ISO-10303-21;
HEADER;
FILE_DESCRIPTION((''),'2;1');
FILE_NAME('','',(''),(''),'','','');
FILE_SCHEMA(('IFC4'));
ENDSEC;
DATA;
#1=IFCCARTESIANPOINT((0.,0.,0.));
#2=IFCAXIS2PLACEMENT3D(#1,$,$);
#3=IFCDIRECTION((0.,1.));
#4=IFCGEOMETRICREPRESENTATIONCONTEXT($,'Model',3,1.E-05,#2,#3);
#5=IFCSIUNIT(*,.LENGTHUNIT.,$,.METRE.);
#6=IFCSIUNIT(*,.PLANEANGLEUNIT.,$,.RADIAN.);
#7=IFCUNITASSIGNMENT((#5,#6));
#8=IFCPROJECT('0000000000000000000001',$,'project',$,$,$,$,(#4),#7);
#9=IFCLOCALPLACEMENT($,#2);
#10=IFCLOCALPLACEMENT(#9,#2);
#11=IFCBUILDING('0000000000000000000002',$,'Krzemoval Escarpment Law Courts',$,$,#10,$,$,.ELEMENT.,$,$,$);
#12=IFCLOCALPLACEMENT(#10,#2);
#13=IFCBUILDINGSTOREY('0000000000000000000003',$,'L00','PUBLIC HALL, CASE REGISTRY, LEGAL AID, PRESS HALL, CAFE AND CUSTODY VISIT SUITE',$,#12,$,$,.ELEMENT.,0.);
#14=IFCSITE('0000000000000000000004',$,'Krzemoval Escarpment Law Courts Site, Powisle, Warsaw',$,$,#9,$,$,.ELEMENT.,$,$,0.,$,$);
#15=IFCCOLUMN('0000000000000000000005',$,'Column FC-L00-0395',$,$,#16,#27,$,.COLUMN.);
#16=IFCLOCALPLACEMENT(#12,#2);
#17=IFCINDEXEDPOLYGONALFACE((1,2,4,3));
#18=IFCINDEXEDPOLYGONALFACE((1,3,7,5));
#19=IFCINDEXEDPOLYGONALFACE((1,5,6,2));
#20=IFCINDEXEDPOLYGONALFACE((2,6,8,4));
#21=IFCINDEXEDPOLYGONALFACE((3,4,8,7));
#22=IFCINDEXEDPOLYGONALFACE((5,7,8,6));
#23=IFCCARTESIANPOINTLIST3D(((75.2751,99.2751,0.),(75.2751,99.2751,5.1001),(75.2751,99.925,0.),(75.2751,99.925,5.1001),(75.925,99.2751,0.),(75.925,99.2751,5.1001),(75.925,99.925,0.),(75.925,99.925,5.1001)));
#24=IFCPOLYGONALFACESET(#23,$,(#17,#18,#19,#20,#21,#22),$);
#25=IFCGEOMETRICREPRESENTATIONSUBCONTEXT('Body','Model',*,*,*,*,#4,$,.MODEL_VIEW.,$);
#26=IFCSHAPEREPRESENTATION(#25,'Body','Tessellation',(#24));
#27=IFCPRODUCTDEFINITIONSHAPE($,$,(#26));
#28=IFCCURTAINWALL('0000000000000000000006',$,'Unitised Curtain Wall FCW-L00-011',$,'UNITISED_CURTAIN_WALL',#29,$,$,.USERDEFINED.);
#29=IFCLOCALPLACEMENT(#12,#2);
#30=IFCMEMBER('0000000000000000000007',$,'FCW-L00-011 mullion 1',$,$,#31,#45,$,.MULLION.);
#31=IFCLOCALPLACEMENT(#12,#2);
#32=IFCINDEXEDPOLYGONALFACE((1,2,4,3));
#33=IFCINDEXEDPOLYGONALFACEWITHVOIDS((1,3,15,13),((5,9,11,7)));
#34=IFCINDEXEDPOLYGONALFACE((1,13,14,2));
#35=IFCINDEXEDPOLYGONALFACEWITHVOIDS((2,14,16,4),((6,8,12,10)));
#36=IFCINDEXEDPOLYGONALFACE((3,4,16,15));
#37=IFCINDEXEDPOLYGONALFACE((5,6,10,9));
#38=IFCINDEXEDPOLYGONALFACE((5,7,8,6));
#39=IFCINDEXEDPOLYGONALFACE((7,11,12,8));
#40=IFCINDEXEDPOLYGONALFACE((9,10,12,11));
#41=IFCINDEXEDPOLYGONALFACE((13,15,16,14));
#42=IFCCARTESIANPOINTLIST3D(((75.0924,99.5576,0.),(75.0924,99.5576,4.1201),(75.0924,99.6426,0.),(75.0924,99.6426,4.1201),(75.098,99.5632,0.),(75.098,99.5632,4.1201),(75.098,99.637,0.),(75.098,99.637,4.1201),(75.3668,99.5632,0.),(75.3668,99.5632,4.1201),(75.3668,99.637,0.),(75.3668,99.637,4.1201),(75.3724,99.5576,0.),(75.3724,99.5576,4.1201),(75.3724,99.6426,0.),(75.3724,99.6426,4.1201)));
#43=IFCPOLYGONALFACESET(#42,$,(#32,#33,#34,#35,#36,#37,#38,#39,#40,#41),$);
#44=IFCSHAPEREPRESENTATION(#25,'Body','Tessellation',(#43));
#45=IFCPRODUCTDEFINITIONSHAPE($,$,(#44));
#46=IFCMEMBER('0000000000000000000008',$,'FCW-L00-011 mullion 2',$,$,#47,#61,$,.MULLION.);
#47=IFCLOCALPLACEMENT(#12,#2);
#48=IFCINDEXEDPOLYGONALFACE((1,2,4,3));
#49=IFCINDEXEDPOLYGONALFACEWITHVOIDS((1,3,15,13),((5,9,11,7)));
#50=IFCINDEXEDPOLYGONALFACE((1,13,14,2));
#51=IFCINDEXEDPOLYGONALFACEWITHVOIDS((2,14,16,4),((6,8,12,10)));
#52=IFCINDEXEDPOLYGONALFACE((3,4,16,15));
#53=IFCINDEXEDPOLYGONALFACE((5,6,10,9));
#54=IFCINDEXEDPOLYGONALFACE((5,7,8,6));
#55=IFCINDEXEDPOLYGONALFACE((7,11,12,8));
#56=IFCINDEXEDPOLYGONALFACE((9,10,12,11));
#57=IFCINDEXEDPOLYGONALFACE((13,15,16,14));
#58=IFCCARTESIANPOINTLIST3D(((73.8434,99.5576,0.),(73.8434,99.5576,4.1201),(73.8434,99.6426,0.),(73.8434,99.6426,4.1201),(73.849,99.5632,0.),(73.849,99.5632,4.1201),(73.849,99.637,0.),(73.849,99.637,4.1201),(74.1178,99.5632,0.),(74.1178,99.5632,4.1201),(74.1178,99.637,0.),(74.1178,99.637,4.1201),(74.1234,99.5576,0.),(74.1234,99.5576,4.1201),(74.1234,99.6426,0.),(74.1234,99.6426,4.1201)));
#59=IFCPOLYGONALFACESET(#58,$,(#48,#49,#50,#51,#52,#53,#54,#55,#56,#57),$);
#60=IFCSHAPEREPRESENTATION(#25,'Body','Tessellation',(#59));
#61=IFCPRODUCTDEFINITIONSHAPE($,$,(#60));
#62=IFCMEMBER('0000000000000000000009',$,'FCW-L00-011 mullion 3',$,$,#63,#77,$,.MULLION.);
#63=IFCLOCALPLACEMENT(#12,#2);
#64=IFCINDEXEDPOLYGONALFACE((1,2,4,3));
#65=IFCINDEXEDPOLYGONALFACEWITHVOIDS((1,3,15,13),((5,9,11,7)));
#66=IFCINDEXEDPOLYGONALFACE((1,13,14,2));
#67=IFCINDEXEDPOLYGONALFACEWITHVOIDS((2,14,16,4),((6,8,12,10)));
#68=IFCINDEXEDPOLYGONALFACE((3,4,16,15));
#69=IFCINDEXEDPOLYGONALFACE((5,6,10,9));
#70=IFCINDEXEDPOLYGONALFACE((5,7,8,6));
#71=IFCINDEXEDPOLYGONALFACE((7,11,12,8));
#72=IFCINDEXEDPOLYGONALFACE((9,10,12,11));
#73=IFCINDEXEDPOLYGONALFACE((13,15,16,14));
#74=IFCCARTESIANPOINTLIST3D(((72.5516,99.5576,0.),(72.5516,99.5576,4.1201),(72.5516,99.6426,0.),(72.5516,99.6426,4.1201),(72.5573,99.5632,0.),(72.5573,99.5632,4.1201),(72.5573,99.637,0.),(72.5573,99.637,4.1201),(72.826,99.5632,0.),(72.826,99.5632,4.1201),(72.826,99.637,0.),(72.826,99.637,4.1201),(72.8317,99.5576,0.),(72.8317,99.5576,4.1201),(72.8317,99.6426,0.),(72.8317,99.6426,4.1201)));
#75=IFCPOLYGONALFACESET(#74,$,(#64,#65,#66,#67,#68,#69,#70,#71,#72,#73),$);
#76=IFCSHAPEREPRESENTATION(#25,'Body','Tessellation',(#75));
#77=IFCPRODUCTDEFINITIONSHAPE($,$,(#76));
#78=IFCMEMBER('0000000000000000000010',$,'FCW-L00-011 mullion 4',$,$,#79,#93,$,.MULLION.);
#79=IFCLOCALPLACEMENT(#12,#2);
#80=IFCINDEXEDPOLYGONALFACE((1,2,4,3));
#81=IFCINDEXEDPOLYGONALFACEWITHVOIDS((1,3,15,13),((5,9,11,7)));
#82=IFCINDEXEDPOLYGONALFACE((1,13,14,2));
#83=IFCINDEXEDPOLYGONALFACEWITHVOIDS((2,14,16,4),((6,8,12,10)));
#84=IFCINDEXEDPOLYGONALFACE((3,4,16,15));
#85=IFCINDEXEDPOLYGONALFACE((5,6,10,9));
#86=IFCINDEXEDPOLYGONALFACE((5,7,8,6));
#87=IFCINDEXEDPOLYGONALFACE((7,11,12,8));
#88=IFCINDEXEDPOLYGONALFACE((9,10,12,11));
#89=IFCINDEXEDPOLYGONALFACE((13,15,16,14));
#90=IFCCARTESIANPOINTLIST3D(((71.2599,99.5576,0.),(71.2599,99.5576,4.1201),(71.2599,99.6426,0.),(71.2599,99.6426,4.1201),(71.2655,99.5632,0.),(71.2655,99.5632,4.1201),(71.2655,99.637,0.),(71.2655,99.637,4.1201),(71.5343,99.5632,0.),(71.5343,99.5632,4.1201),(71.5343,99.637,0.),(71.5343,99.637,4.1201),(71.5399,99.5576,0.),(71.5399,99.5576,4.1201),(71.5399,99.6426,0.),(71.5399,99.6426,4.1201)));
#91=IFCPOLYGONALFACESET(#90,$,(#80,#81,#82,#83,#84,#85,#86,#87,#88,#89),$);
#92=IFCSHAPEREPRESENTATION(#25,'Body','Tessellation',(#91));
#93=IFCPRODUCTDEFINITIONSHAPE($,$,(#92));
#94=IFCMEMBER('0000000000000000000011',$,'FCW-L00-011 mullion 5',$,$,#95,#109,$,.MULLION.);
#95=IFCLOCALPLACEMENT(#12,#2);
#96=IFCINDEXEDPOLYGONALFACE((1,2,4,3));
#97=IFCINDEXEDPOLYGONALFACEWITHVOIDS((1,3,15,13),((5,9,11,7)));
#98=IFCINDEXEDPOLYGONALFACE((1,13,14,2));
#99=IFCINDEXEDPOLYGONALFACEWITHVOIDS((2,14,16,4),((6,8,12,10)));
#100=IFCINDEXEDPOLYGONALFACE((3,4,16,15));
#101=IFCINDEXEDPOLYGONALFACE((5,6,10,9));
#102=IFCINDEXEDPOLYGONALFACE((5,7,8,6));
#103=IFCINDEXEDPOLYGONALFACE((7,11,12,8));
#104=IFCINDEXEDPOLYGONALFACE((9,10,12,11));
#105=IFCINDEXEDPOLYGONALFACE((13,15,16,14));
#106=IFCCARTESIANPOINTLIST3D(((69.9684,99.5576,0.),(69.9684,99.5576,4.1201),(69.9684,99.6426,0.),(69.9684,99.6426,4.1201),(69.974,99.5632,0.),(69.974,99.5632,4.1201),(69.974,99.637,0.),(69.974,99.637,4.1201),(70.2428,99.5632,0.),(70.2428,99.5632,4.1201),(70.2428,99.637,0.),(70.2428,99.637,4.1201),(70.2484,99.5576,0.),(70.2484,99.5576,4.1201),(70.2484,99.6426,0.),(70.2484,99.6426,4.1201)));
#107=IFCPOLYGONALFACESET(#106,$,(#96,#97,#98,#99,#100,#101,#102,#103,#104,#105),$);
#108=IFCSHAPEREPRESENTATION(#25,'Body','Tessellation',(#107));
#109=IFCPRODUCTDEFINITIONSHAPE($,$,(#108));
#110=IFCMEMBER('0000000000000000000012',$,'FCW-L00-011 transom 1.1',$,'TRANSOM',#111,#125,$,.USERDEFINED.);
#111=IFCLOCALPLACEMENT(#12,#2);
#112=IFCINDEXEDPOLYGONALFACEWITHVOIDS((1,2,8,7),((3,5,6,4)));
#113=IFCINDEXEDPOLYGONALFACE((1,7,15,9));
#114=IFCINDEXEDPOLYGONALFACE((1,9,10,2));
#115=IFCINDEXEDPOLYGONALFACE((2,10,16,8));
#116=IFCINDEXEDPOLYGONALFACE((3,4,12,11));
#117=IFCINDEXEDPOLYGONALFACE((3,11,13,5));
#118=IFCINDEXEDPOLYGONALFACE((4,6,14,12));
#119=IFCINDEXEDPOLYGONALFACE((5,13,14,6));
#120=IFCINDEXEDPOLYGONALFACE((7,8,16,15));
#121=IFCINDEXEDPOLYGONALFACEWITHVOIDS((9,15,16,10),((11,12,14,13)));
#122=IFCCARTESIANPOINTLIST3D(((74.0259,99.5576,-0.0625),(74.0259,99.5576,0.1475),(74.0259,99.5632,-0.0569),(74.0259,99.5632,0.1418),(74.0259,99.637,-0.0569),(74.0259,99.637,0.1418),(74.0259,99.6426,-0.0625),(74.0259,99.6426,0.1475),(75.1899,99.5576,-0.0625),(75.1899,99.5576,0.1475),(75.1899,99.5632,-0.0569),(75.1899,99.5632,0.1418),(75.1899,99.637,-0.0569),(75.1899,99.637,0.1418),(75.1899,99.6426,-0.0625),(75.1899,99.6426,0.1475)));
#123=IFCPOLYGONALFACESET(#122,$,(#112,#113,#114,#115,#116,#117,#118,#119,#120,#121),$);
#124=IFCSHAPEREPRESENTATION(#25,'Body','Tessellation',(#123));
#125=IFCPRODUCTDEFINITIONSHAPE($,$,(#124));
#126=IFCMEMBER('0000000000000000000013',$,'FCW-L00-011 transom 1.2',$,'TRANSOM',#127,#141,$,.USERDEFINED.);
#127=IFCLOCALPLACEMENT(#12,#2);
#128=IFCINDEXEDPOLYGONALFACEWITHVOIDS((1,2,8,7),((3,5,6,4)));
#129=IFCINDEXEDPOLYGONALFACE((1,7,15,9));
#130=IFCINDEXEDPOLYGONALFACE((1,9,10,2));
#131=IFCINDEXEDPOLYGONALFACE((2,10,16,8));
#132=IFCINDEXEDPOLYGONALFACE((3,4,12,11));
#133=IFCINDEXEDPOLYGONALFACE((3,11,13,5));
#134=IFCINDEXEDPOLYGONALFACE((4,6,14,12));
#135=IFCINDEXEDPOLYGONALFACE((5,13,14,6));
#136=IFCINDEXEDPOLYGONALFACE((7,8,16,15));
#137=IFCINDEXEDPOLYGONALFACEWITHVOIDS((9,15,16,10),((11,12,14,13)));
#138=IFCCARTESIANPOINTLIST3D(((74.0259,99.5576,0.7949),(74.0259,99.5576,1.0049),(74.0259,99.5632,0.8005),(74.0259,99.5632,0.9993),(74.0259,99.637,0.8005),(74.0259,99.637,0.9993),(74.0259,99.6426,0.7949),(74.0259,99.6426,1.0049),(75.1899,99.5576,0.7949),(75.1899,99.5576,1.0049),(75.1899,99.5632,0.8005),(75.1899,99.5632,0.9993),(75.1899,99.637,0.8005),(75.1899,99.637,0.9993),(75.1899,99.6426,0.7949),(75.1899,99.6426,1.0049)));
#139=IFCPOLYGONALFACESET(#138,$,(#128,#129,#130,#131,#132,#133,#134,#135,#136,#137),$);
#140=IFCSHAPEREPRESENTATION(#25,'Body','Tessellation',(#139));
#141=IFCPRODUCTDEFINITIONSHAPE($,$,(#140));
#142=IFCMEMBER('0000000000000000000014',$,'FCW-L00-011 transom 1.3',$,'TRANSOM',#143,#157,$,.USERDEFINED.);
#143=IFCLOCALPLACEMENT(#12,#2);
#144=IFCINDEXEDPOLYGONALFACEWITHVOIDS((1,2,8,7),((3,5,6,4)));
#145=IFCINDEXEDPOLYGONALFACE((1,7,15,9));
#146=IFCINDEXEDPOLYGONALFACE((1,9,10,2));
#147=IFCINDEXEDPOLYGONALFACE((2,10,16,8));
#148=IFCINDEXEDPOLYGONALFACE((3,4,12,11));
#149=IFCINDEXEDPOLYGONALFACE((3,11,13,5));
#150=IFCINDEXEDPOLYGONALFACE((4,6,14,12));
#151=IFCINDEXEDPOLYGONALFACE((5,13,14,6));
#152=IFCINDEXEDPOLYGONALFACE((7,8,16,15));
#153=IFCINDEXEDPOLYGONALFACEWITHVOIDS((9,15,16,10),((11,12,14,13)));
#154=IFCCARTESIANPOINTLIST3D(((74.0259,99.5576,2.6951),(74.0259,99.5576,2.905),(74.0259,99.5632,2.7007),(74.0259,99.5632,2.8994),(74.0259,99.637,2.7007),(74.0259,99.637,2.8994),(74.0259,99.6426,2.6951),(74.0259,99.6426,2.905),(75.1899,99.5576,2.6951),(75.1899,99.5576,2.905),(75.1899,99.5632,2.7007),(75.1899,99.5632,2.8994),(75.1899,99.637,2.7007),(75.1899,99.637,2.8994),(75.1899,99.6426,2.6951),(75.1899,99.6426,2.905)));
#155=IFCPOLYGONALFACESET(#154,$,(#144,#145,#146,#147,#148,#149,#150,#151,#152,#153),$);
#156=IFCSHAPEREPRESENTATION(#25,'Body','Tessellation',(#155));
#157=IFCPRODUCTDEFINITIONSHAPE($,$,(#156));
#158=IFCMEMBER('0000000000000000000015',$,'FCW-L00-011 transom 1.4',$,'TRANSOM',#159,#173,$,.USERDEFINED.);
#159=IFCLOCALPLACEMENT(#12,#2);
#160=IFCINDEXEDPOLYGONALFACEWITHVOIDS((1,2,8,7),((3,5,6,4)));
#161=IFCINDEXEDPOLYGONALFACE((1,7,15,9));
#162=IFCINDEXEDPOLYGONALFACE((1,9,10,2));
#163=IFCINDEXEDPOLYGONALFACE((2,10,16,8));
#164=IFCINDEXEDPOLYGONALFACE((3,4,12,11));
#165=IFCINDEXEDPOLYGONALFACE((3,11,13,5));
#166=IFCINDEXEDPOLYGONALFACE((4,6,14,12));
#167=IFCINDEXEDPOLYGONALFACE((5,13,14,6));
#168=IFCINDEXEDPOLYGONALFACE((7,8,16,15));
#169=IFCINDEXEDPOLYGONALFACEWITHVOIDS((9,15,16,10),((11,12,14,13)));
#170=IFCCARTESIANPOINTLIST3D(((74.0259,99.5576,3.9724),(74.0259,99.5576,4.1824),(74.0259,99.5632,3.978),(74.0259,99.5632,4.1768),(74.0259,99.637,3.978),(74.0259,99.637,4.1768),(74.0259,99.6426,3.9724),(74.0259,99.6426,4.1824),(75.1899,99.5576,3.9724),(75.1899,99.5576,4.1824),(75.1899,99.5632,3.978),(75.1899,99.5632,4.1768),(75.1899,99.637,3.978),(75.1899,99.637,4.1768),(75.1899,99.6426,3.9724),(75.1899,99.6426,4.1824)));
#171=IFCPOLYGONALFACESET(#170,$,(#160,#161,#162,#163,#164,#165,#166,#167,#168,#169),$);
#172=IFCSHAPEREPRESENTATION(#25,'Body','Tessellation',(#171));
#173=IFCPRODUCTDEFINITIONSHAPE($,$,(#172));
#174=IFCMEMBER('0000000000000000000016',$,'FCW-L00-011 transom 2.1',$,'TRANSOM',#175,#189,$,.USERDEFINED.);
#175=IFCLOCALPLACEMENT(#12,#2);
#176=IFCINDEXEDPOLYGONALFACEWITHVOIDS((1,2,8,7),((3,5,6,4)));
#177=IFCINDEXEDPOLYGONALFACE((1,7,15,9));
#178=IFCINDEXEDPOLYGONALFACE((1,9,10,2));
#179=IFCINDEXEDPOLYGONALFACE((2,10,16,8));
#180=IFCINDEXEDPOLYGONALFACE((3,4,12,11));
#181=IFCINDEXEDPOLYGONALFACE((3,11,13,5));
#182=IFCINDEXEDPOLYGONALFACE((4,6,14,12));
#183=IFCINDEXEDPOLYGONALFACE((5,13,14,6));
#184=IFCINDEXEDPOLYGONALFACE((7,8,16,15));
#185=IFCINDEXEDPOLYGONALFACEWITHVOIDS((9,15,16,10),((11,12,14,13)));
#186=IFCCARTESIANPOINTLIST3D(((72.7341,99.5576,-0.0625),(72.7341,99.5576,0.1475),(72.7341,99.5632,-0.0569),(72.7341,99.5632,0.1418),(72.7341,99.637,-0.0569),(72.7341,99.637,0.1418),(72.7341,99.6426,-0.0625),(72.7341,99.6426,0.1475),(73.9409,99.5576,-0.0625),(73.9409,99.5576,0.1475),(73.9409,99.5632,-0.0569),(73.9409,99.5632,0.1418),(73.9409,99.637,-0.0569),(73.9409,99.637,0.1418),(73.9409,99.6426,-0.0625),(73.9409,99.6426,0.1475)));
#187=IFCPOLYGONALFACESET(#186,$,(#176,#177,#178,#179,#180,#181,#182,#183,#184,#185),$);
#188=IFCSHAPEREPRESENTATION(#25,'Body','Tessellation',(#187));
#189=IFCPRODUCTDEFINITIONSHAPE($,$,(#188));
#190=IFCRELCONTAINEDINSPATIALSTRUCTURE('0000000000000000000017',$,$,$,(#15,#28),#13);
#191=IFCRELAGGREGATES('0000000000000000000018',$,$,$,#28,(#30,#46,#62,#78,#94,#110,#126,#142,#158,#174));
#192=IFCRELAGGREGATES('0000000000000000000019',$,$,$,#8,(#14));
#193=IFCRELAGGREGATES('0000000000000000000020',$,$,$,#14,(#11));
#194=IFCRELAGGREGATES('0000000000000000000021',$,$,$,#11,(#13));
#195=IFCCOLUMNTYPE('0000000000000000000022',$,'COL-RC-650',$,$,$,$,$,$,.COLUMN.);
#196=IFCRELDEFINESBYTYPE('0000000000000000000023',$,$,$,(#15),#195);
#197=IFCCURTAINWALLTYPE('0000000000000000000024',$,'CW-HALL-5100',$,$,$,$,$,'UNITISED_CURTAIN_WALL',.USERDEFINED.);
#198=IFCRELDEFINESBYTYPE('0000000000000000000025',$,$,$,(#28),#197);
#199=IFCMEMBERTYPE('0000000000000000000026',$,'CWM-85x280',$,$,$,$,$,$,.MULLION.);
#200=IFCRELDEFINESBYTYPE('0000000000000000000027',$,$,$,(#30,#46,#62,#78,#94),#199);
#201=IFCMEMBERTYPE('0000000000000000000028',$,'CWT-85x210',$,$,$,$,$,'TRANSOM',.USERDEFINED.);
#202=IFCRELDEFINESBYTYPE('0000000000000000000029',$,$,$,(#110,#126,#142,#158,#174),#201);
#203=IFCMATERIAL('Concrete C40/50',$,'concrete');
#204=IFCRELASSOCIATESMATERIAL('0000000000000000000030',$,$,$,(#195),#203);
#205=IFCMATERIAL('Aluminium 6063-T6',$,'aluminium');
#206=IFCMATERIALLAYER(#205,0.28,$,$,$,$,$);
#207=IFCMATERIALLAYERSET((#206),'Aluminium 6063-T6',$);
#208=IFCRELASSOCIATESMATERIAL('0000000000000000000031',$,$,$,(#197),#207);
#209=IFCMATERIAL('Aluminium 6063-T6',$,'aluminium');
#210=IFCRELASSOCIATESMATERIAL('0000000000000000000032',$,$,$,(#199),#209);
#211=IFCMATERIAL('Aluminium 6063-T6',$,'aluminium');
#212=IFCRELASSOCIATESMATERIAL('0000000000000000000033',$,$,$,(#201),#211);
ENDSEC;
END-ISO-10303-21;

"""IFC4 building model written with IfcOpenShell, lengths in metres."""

from ifc_helpers import new_model, si_unit, direction, frame, origin, origin_2d, place, context, subcontext, project, spatial, rectangle, hollow_rectangle, extrude, material, layer, layer_set, material_profile, profile_set, type_object, element, aggregate, save


model = new_model("IFC4")

# Units and contexts
model_context = context("Model", 3, precision=1e-05, world=origin(), true_north=direction((0.0, 1.0)))
body_context = subcontext(model_context, "Body", "Model", "MODEL_VIEW")
ifc_project = project(units=[si_unit("LENGTHUNIT", "METRE"), si_unit("PLANEANGLEUNIT", "RADIAN")], contexts=[model_context])

# Site, building, storey
site_placement = place(None, origin())
site = spatial("IfcSite", under=ifc_project, at=site_placement, Name="Krzemoval Escarpment Law Courts Site, Powisle, Warsaw", CompositionType="ELEMENT", RefElevation=0.0)
building_placement = place(site_placement, origin())
building = spatial("IfcBuilding", under=site, at=building_placement, Name="Krzemoval Escarpment Law Courts", CompositionType="ELEMENT")
storey_placement = place(building_placement, origin())
storey = spatial("IfcBuildingStorey", under=building, at=storey_placement, Name="L00", Description="PUBLIC HALL, CASE REGISTRY, LEGAL AID, PRESS HALL, CAFE AND CUSTODY VISIT SUITE", CompositionType="ELEMENT", Elevation=0.0)

# Column
ifc_material_1 = material(Name="Concrete C40/50", Category="concrete")
ifc_material_profile_1 = material_profile(ifc_material_1, rectangle(XDim=0.6499, YDim=0.6499, at=origin_2d()), Name="RC 650x650")
ifc_profile_set_1 = profile_set([ifc_material_profile_1], Name="Concrete C40/50")
column_type = type_object("IfcColumnType", Name="COL-RC-650", PredefinedType="COLUMN", material=ifc_profile_set_1)
column_placement = place(storey_placement, frame((75.6001, 99.6001, 0.0), z_axis=(0.0, 0.0, 1.0), x_axis=(1.0, 0.0, 0.0)))
element("IfcColumn", 1, at=column_placement, inside=storey, type_object=column_type, Name="Column FC-L00-0395", PredefinedType="COLUMN", context=body_context, shape_type="SweptSolid", body=[
    extrude(rectangle(XDim=0.6499, YDim=0.6499, at=origin_2d()), origin(), (0.0, 0.0, 1.0), 5.1001),
])

# Curtain wall, members
ifc_material_2 = material(Name="Aluminium 6063-T6", Category="aluminium")
ifc_layer_1 = layer(ifc_material_2, 0.28)
ifc_layer_set_1 = layer_set([ifc_layer_1], Name="Aluminium 6063-T6")
curtain_wall_type = type_object("IfcCurtainWallType", Name="CW-HALL-5100", ElementType="UNITISED_CURTAIN_WALL", PredefinedType="USERDEFINED", material=ifc_layer_set_1)
curtain_wall_placement = place(storey_placement, origin())
curtain_wall = element("IfcCurtainWall", 2, at=curtain_wall_placement, inside=storey, type_object=curtain_wall_type, Name="Unitised Curtain Wall FCW-L00-011", ObjectType="UNITISED_CURTAIN_WALL", PredefinedType="USERDEFINED")
ifc_material_3 = material(Name="Aluminium 6063-T6", Category="aluminium")
ifc_material_profile_2 = material_profile(ifc_material_3, hollow_rectangle(XDim=0.085, YDim=0.28, WallThickness=0.0056, at=origin_2d()), Name="ALU M85x280")
ifc_profile_set_2 = profile_set([ifc_material_profile_2], Name="Aluminium 6063-T6")
member_type_1 = type_object("IfcMemberType", Name="CWM-85x280", PredefinedType="MULLION", material=ifc_profile_set_2)
member_1_placement = place(storey_placement, frame((75.2324, 99.6001, 0.0), z_axis=(0.0, 0.0, 1.0), x_axis=(0.0, -1.0, 0.0)))
member_1 = element("IfcMember", 3, at=member_1_placement, type_object=member_type_1, Name="FCW-L00-011 mullion 1", PredefinedType="MULLION", context=body_context, shape_type="SweptSolid", body=[
    extrude(hollow_rectangle(XDim=0.085, YDim=0.28, WallThickness=0.0056, at=origin_2d()), origin(), (0.0, 0.0, 1.0), 4.1201),
])
member_2_placement = place(storey_placement, frame((73.9834, 99.6001, 0.0), z_axis=(0.0, 0.0, 1.0), x_axis=(0.0, -1.0, 0.0)))
member_2 = element("IfcMember", 4, at=member_2_placement, type_object=member_type_1, Name="FCW-L00-011 mullion 2", PredefinedType="MULLION", context=body_context, shape_type="SweptSolid", body=[
    extrude(hollow_rectangle(XDim=0.085, YDim=0.28, WallThickness=0.0056, at=origin_2d()), origin(), (0.0, 0.0, 1.0), 4.1201),
])
member_3_placement = place(storey_placement, frame((72.6917, 99.6001, 0.0), z_axis=(0.0, 0.0, 1.0), x_axis=(0.0, -1.0, 0.0)))
member_3 = element("IfcMember", 5, at=member_3_placement, type_object=member_type_1, Name="FCW-L00-011 mullion 3", PredefinedType="MULLION", context=body_context, shape_type="SweptSolid", body=[
    extrude(hollow_rectangle(XDim=0.085, YDim=0.28, WallThickness=0.0056, at=origin_2d()), origin(), (0.0, 0.0, 1.0), 4.1201),
])
member_4_placement = place(storey_placement, frame((71.3999, 99.6001, 0.0), z_axis=(0.0, 0.0, 1.0), x_axis=(0.0, -1.0, 0.0)))
member_4 = element("IfcMember", 6, at=member_4_placement, type_object=member_type_1, Name="FCW-L00-011 mullion 4", PredefinedType="MULLION", context=body_context, shape_type="SweptSolid", body=[
    extrude(hollow_rectangle(XDim=0.085, YDim=0.28, WallThickness=0.0056, at=origin_2d()), origin(), (0.0, 0.0, 1.0), 4.1201),
])
member_5_placement = place(storey_placement, frame((70.1084, 99.6001, 0.0), z_axis=(0.0, 0.0, 1.0), x_axis=(0.0, -1.0, 0.0)))
member_5 = element("IfcMember", 7, at=member_5_placement, type_object=member_type_1, Name="FCW-L00-011 mullion 5", PredefinedType="MULLION", context=body_context, shape_type="SweptSolid", body=[
    extrude(hollow_rectangle(XDim=0.085, YDim=0.28, WallThickness=0.0056, at=origin_2d()), origin(), (0.0, 0.0, 1.0), 4.1201),
])
ifc_material_4 = material(Name="Aluminium 6063-T6", Category="aluminium")
ifc_material_profile_3 = material_profile(ifc_material_4, hollow_rectangle(XDim=0.085, YDim=0.21, WallThickness=0.0056, at=origin_2d()), Name="ALU T85x210")
ifc_profile_set_3 = profile_set([ifc_material_profile_3], Name="Aluminium 6063-T6")
member_type_2 = type_object("IfcMemberType", Name="CWT-85x210", ElementType="TRANSOM", PredefinedType="USERDEFINED", material=ifc_profile_set_3)
member_6_placement = place(storey_placement, frame((75.1899, 99.6001, 0.0425), z_axis=(-1.0, 0.0, 0.0), x_axis=(0.0, -1.0, 0.0)))
member_6 = element("IfcMember", 8, at=member_6_placement, type_object=member_type_2, Name="FCW-L00-011 transom 1.1", ObjectType="TRANSOM", PredefinedType="USERDEFINED", context=body_context, shape_type="SweptSolid", body=[
    extrude(hollow_rectangle(XDim=0.085, YDim=0.21, WallThickness=0.0056, at=origin_2d()), origin(), (0.0, 0.0, 1.0), 1.1641),
])
member_7_placement = place(storey_placement, frame((75.1899, 99.6001, 0.8999), z_axis=(-1.0, 0.0, 0.0), x_axis=(0.0, -1.0, 0.0)))
member_7 = element("IfcMember", 9, at=member_7_placement, type_object=member_type_2, Name="FCW-L00-011 transom 1.2", ObjectType="TRANSOM", PredefinedType="USERDEFINED", context=body_context, shape_type="SweptSolid", body=[
    extrude(hollow_rectangle(XDim=0.085, YDim=0.21, WallThickness=0.0056, at=origin_2d()), origin(), (0.0, 0.0, 1.0), 1.1641),
])
member_8_placement = place(storey_placement, frame((75.1899, 99.6001, 2.8), z_axis=(-1.0, 0.0, 0.0), x_axis=(0.0, -1.0, 0.0)))
member_8 = element("IfcMember", 10, at=member_8_placement, type_object=member_type_2, Name="FCW-L00-011 transom 1.3", ObjectType="TRANSOM", PredefinedType="USERDEFINED", context=body_context, shape_type="SweptSolid", body=[
    extrude(hollow_rectangle(XDim=0.085, YDim=0.21, WallThickness=0.0056, at=origin_2d()), origin(), (0.0, 0.0, 1.0), 1.1641),
])
member_9_placement = place(storey_placement, frame((75.1899, 99.6001, 4.0774), z_axis=(-1.0, 0.0, 0.0), x_axis=(0.0, -1.0, 0.0)))
member_9 = element("IfcMember", 11, at=member_9_placement, type_object=member_type_2, Name="FCW-L00-011 transom 1.4", ObjectType="TRANSOM", PredefinedType="USERDEFINED", context=body_context, shape_type="SweptSolid", body=[
    extrude(hollow_rectangle(XDim=0.085, YDim=0.21, WallThickness=0.0056, at=origin_2d()), origin(), (0.0, 0.0, 1.0), 1.1641),
])
member_10_placement = place(storey_placement, frame((73.9409, 99.6001, 0.0425), z_axis=(-1.0, 0.0, 0.0), x_axis=(0.0, -1.0, 0.0)))
member_10 = element("IfcMember", 12, at=member_10_placement, type_object=member_type_2, Name="FCW-L00-011 transom 2.1", ObjectType="TRANSOM", PredefinedType="USERDEFINED", context=body_context, shape_type="SweptSolid", body=[
    extrude(hollow_rectangle(XDim=0.085, YDim=0.21, WallThickness=0.0056, at=origin_2d()), origin(), (0.0, 0.0, 1.0), 1.2068),
])
aggregate(curtain_wall, [member_1, member_2, member_3, member_4, member_5, member_6, member_7, member_8, member_9, member_10])

save(model, "model.ifc")
